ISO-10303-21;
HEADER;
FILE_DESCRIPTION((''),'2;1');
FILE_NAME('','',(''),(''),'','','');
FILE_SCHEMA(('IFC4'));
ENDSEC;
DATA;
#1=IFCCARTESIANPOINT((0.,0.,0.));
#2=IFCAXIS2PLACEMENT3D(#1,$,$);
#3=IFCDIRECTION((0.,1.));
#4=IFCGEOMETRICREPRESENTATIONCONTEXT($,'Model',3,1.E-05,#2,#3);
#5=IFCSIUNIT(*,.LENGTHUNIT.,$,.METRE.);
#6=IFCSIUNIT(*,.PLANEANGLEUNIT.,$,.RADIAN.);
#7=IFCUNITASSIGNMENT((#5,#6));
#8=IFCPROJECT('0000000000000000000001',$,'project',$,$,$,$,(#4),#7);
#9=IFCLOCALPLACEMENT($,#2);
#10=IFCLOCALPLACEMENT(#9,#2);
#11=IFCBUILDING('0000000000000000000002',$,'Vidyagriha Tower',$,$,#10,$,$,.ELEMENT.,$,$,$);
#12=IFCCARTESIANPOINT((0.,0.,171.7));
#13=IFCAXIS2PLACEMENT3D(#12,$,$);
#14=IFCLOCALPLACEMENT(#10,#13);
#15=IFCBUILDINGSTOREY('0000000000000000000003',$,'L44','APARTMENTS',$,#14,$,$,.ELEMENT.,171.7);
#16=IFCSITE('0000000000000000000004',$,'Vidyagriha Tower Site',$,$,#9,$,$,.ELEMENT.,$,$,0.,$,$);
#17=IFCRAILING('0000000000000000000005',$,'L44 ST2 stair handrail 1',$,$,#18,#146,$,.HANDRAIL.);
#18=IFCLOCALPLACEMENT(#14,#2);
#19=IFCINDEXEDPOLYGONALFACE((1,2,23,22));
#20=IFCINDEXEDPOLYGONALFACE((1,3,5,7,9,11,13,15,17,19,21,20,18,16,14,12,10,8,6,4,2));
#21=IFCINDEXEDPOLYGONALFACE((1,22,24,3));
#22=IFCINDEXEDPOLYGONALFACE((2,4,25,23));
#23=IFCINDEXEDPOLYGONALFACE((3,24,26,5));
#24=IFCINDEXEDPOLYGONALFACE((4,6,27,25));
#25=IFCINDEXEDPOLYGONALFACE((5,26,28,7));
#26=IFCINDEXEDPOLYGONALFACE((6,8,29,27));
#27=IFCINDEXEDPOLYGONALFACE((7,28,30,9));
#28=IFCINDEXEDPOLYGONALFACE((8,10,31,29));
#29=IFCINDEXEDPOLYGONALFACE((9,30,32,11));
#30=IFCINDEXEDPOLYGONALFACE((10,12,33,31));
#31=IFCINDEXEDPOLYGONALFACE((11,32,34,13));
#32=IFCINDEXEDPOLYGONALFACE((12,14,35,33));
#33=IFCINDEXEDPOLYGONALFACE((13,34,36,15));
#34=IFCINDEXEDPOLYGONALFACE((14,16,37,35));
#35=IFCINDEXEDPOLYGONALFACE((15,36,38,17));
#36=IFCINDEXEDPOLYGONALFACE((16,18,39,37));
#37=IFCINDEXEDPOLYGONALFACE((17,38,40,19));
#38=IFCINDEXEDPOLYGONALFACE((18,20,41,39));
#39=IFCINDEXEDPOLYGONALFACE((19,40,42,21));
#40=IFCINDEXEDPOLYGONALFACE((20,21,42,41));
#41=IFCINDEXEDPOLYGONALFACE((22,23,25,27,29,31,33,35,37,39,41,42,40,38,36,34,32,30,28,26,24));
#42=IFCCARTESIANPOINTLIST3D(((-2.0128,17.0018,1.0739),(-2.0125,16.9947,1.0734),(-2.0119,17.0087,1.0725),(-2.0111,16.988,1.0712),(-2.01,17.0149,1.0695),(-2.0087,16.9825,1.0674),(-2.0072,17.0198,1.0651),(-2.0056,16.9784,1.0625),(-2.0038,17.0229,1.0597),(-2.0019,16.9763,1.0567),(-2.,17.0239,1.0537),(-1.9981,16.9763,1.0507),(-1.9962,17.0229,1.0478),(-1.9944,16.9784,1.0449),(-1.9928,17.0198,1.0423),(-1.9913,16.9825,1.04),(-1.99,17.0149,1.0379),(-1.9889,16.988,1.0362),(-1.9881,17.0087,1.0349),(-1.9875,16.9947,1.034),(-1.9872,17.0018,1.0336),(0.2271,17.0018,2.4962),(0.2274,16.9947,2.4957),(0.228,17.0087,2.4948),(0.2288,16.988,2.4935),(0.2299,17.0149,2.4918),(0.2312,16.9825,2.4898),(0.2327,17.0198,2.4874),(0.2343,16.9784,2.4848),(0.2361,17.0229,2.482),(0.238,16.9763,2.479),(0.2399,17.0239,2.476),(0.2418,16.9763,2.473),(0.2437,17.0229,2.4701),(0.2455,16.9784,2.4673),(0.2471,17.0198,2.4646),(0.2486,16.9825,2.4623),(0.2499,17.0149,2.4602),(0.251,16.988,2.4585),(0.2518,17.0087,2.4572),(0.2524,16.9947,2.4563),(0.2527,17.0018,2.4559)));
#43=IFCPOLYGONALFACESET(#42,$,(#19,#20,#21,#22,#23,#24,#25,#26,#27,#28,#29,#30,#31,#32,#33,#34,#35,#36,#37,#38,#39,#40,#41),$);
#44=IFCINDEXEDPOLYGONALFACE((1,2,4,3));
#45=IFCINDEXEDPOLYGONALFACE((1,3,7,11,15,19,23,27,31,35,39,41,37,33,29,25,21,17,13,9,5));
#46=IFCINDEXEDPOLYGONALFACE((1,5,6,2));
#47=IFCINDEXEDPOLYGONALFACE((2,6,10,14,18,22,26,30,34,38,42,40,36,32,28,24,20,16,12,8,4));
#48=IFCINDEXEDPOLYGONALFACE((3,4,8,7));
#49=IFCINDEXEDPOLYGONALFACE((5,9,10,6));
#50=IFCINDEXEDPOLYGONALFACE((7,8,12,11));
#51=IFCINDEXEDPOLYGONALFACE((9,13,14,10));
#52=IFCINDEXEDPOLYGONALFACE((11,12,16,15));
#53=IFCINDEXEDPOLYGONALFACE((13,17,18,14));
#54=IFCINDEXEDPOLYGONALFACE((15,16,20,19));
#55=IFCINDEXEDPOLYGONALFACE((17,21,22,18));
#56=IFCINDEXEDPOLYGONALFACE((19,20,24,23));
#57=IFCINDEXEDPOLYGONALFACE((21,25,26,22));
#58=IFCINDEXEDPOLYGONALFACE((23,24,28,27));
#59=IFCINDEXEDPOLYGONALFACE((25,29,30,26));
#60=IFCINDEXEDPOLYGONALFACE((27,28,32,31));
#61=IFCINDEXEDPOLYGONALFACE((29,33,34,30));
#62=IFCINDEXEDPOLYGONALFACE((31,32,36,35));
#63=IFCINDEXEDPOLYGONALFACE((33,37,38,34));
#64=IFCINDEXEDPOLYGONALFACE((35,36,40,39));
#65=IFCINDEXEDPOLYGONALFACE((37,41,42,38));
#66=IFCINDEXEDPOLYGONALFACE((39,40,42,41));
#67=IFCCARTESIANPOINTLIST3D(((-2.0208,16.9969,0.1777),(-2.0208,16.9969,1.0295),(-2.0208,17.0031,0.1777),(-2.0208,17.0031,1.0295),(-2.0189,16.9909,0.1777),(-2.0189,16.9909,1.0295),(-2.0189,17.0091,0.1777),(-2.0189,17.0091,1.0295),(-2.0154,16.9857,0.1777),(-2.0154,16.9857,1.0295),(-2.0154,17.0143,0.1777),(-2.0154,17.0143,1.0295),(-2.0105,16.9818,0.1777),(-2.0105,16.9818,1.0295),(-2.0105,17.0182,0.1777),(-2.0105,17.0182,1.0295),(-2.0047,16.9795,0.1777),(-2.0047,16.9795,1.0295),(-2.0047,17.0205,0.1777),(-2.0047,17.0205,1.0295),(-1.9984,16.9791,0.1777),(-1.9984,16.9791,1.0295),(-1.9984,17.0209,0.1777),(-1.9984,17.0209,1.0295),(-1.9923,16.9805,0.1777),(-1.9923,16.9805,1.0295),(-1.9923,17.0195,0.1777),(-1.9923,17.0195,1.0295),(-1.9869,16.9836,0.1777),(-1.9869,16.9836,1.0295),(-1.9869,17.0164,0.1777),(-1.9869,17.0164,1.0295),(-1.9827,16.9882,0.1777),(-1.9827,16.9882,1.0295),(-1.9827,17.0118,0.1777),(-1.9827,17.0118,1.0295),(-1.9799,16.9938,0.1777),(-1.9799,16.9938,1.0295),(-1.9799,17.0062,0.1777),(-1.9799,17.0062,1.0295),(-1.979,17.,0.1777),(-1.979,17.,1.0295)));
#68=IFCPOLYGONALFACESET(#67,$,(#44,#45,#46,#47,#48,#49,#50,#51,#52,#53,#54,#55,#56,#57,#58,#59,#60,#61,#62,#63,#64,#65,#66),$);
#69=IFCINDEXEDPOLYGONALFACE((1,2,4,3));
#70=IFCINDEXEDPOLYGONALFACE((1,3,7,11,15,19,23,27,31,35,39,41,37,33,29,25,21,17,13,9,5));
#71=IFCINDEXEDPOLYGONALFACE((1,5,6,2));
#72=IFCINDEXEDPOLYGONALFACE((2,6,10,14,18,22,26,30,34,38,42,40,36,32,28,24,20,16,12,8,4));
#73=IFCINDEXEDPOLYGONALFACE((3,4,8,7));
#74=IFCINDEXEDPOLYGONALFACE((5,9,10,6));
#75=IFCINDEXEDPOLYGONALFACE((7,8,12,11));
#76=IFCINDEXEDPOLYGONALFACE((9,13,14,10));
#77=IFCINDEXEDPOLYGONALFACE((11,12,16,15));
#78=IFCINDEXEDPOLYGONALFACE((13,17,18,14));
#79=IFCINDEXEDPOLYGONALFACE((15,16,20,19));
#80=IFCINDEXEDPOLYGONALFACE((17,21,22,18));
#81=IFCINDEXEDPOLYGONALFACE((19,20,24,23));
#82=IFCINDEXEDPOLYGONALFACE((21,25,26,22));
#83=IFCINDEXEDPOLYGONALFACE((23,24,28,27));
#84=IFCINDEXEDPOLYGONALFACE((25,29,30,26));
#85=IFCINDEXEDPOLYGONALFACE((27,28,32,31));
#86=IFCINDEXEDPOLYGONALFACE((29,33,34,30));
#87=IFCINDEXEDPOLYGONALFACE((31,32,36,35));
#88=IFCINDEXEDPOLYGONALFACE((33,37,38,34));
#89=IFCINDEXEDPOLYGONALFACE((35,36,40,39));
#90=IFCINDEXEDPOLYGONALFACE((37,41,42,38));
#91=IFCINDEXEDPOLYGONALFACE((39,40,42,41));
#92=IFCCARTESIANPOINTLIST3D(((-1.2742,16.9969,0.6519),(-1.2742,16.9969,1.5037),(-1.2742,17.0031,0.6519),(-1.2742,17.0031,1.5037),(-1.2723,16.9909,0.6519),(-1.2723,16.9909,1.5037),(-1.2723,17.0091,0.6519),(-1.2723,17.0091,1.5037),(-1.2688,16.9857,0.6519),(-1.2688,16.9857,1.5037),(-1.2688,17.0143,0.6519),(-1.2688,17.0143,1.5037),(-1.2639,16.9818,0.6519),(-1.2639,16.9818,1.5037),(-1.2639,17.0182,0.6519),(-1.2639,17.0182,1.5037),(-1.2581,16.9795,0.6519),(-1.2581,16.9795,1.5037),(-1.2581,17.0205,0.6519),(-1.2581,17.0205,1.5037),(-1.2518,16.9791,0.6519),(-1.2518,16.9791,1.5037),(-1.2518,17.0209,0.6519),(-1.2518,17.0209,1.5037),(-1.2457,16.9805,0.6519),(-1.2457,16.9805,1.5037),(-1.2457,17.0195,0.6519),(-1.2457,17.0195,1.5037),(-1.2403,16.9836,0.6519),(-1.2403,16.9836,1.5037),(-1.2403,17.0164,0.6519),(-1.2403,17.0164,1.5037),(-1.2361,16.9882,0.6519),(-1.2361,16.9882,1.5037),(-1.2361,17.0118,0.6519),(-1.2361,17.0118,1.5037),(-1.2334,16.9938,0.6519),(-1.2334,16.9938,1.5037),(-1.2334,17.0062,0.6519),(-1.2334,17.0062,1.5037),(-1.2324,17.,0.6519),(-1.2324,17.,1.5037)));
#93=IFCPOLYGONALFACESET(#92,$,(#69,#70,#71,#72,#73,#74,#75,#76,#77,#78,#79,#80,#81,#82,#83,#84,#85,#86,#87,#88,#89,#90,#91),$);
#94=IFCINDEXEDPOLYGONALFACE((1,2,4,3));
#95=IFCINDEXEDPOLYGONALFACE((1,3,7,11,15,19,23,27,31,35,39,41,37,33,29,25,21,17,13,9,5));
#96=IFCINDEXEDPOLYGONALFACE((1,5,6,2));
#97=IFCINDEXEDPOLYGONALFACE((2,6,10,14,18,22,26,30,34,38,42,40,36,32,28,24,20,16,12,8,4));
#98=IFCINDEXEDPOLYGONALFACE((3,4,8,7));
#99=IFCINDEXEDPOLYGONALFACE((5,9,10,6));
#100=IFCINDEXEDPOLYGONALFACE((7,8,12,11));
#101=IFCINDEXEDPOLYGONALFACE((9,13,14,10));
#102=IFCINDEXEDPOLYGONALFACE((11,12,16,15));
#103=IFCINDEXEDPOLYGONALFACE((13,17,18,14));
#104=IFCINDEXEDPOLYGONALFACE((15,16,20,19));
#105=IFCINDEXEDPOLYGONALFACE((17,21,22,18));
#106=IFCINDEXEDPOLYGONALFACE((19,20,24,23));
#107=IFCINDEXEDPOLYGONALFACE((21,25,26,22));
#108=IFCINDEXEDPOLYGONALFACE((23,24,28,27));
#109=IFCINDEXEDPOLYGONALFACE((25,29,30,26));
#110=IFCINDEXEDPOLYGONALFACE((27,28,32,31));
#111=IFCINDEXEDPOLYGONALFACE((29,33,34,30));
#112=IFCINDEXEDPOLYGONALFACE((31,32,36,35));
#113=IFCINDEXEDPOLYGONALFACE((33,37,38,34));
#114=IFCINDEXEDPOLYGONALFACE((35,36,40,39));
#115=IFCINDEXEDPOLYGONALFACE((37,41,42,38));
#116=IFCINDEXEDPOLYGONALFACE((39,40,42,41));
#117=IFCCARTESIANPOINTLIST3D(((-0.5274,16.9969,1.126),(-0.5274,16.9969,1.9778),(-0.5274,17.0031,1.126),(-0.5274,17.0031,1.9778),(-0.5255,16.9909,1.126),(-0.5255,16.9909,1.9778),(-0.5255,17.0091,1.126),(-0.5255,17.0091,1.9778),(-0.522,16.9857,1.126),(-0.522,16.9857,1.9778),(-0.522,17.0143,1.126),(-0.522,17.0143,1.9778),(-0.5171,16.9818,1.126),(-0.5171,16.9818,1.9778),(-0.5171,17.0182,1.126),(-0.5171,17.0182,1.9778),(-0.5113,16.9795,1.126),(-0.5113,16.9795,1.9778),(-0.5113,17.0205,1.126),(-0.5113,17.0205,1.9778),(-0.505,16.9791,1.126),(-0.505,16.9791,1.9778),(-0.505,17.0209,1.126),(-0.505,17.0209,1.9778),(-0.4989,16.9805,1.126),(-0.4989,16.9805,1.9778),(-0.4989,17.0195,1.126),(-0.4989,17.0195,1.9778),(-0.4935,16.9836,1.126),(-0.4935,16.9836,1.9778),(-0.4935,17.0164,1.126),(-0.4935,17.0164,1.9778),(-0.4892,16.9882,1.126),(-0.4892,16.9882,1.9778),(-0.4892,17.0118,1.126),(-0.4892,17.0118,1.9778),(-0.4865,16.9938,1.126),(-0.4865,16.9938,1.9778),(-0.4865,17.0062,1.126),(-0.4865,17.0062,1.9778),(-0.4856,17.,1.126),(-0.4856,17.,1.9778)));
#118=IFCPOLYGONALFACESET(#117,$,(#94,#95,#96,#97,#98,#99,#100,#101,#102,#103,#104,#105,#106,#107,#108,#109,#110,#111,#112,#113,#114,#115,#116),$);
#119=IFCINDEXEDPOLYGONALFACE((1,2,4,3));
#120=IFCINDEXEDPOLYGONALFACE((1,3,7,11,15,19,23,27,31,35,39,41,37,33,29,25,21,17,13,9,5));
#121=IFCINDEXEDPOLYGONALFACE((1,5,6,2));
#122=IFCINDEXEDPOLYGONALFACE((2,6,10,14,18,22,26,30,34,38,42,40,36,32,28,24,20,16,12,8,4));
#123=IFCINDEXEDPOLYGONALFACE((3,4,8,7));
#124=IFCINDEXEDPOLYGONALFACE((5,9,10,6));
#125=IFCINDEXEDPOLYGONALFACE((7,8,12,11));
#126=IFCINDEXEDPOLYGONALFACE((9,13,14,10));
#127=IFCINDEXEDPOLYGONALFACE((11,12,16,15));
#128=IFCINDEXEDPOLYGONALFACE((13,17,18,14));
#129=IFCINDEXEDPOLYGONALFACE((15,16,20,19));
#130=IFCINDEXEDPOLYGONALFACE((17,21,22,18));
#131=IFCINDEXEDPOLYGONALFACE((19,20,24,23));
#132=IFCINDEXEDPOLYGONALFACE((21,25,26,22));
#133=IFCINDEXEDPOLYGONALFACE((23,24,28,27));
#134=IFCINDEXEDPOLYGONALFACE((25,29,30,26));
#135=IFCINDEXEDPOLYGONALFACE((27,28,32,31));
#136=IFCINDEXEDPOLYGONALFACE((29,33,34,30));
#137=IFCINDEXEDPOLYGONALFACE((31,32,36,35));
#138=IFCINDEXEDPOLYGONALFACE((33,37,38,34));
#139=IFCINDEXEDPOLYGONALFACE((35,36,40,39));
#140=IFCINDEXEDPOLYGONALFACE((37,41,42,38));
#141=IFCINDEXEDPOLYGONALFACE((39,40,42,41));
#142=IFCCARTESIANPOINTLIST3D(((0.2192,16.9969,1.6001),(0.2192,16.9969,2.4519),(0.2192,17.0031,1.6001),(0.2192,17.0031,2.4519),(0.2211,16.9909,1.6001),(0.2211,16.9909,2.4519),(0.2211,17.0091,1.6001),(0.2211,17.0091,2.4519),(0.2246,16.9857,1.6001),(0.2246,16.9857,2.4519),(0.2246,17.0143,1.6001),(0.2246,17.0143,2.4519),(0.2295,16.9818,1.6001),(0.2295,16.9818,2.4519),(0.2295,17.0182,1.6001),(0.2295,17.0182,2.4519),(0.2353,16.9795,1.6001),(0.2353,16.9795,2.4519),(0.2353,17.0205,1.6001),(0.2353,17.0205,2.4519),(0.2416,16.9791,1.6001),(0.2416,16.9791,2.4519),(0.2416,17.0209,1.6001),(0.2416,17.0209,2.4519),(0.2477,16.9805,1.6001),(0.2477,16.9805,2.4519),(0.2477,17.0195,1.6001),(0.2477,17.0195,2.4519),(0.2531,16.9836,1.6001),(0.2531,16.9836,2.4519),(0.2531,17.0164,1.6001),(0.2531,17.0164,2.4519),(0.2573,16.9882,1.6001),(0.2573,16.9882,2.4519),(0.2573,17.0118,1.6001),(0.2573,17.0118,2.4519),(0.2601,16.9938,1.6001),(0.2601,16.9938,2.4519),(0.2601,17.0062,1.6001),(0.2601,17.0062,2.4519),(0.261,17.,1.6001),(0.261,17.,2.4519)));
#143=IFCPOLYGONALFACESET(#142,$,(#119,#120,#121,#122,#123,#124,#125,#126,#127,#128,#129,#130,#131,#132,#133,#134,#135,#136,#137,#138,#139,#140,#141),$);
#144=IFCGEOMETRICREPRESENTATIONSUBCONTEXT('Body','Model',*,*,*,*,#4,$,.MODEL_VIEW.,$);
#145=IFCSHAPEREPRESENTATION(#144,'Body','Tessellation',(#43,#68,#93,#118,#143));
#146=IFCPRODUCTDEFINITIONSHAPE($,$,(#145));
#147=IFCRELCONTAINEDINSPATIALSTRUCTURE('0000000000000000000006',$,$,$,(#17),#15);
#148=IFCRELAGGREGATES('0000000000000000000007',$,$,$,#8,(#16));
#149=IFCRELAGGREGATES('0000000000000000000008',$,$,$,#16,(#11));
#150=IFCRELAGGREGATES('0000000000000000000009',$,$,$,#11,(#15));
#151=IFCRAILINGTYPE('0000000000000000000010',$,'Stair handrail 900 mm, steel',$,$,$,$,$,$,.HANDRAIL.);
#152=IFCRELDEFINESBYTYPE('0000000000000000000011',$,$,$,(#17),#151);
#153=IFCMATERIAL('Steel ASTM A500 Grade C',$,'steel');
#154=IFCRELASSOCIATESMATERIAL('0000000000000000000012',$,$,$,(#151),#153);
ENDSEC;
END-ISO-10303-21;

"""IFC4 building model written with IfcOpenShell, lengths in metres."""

from ifc_helpers import new_model, si_unit, direction, frame, origin, origin_2d, place, context, subcontext, project, spatial, circle, extrude, material, type_object, element, save


model = new_model("IFC4")

# Units and contexts
model_context = context("Model", 3, precision=1e-05, world=origin(), true_north=direction((0.0, 1.0)))
body_context = subcontext(model_context, "Body", "Model", "MODEL_VIEW")
ifc_project = project(units=[si_unit("LENGTHUNIT", "METRE"), si_unit("PLANEANGLEUNIT", "RADIAN")], contexts=[model_context])

# Site, building, storey
site_placement = place(None, origin())
site = spatial("IfcSite", under=ifc_project, at=site_placement, Name="Vidyagriha Tower Site", CompositionType="ELEMENT", RefElevation=0.0)
building_placement = place(site_placement, origin())
building = spatial("IfcBuilding", under=site, at=building_placement, Name="Vidyagriha Tower", CompositionType="ELEMENT")
storey_placement = place(building_placement, frame((0.0, 0.0, 171.7)))
storey = spatial("IfcBuildingStorey", under=building, at=storey_placement, Name="L44", Description="APARTMENTS", CompositionType="ELEMENT", Elevation=171.7)

# Railing
ifc_material_1 = material(Name="Steel ASTM A500 Grade C", Category="steel")
railing_type_1 = type_object("IfcRailingType", Name="Stair handrail 900 mm, steel", PredefinedType="HANDRAIL", material=ifc_material_1)
railing_1_placement = place(storey_placement, frame((-2.0, 17.0, 0.1777)))
element("IfcRailing", 1, at=railing_1_placement, inside=storey, type_object=railing_type_1, Name="L44 ST2 stair handrail 1", PredefinedType="HANDRAIL", context=body_context, shape_type="SweptSolid", body=[
    extrude(circle(Radius=0.0239, at=origin_2d()), frame((0.0, 0.0, 0.876), z_axis=(0.844188, 0.0, 0.536048), x_axis=(0.0, 1.0, 0.0)), (0.0, 0.0, 1.0), 2.6533),
    extrude(circle(Radius=0.021, at=origin_2d()), origin(), (0.0, 0.0, 1.0), 0.8518),
    extrude(circle(Radius=0.021, at=origin_2d()), frame((0.7466, 0.0, 0.4741)), (0.0, 0.0, 1.0), 0.8518),
    extrude(circle(Radius=0.021, at=origin_2d()), frame((1.4934, 0.0, 0.9482)), (0.0, 0.0, 1.0), 0.8518),
    extrude(circle(Radius=0.021, at=origin_2d()), frame((2.24, 0.0, 1.4224)), (0.0, 0.0, 1.0), 0.8518),
])

save(model, "model.ifc")
